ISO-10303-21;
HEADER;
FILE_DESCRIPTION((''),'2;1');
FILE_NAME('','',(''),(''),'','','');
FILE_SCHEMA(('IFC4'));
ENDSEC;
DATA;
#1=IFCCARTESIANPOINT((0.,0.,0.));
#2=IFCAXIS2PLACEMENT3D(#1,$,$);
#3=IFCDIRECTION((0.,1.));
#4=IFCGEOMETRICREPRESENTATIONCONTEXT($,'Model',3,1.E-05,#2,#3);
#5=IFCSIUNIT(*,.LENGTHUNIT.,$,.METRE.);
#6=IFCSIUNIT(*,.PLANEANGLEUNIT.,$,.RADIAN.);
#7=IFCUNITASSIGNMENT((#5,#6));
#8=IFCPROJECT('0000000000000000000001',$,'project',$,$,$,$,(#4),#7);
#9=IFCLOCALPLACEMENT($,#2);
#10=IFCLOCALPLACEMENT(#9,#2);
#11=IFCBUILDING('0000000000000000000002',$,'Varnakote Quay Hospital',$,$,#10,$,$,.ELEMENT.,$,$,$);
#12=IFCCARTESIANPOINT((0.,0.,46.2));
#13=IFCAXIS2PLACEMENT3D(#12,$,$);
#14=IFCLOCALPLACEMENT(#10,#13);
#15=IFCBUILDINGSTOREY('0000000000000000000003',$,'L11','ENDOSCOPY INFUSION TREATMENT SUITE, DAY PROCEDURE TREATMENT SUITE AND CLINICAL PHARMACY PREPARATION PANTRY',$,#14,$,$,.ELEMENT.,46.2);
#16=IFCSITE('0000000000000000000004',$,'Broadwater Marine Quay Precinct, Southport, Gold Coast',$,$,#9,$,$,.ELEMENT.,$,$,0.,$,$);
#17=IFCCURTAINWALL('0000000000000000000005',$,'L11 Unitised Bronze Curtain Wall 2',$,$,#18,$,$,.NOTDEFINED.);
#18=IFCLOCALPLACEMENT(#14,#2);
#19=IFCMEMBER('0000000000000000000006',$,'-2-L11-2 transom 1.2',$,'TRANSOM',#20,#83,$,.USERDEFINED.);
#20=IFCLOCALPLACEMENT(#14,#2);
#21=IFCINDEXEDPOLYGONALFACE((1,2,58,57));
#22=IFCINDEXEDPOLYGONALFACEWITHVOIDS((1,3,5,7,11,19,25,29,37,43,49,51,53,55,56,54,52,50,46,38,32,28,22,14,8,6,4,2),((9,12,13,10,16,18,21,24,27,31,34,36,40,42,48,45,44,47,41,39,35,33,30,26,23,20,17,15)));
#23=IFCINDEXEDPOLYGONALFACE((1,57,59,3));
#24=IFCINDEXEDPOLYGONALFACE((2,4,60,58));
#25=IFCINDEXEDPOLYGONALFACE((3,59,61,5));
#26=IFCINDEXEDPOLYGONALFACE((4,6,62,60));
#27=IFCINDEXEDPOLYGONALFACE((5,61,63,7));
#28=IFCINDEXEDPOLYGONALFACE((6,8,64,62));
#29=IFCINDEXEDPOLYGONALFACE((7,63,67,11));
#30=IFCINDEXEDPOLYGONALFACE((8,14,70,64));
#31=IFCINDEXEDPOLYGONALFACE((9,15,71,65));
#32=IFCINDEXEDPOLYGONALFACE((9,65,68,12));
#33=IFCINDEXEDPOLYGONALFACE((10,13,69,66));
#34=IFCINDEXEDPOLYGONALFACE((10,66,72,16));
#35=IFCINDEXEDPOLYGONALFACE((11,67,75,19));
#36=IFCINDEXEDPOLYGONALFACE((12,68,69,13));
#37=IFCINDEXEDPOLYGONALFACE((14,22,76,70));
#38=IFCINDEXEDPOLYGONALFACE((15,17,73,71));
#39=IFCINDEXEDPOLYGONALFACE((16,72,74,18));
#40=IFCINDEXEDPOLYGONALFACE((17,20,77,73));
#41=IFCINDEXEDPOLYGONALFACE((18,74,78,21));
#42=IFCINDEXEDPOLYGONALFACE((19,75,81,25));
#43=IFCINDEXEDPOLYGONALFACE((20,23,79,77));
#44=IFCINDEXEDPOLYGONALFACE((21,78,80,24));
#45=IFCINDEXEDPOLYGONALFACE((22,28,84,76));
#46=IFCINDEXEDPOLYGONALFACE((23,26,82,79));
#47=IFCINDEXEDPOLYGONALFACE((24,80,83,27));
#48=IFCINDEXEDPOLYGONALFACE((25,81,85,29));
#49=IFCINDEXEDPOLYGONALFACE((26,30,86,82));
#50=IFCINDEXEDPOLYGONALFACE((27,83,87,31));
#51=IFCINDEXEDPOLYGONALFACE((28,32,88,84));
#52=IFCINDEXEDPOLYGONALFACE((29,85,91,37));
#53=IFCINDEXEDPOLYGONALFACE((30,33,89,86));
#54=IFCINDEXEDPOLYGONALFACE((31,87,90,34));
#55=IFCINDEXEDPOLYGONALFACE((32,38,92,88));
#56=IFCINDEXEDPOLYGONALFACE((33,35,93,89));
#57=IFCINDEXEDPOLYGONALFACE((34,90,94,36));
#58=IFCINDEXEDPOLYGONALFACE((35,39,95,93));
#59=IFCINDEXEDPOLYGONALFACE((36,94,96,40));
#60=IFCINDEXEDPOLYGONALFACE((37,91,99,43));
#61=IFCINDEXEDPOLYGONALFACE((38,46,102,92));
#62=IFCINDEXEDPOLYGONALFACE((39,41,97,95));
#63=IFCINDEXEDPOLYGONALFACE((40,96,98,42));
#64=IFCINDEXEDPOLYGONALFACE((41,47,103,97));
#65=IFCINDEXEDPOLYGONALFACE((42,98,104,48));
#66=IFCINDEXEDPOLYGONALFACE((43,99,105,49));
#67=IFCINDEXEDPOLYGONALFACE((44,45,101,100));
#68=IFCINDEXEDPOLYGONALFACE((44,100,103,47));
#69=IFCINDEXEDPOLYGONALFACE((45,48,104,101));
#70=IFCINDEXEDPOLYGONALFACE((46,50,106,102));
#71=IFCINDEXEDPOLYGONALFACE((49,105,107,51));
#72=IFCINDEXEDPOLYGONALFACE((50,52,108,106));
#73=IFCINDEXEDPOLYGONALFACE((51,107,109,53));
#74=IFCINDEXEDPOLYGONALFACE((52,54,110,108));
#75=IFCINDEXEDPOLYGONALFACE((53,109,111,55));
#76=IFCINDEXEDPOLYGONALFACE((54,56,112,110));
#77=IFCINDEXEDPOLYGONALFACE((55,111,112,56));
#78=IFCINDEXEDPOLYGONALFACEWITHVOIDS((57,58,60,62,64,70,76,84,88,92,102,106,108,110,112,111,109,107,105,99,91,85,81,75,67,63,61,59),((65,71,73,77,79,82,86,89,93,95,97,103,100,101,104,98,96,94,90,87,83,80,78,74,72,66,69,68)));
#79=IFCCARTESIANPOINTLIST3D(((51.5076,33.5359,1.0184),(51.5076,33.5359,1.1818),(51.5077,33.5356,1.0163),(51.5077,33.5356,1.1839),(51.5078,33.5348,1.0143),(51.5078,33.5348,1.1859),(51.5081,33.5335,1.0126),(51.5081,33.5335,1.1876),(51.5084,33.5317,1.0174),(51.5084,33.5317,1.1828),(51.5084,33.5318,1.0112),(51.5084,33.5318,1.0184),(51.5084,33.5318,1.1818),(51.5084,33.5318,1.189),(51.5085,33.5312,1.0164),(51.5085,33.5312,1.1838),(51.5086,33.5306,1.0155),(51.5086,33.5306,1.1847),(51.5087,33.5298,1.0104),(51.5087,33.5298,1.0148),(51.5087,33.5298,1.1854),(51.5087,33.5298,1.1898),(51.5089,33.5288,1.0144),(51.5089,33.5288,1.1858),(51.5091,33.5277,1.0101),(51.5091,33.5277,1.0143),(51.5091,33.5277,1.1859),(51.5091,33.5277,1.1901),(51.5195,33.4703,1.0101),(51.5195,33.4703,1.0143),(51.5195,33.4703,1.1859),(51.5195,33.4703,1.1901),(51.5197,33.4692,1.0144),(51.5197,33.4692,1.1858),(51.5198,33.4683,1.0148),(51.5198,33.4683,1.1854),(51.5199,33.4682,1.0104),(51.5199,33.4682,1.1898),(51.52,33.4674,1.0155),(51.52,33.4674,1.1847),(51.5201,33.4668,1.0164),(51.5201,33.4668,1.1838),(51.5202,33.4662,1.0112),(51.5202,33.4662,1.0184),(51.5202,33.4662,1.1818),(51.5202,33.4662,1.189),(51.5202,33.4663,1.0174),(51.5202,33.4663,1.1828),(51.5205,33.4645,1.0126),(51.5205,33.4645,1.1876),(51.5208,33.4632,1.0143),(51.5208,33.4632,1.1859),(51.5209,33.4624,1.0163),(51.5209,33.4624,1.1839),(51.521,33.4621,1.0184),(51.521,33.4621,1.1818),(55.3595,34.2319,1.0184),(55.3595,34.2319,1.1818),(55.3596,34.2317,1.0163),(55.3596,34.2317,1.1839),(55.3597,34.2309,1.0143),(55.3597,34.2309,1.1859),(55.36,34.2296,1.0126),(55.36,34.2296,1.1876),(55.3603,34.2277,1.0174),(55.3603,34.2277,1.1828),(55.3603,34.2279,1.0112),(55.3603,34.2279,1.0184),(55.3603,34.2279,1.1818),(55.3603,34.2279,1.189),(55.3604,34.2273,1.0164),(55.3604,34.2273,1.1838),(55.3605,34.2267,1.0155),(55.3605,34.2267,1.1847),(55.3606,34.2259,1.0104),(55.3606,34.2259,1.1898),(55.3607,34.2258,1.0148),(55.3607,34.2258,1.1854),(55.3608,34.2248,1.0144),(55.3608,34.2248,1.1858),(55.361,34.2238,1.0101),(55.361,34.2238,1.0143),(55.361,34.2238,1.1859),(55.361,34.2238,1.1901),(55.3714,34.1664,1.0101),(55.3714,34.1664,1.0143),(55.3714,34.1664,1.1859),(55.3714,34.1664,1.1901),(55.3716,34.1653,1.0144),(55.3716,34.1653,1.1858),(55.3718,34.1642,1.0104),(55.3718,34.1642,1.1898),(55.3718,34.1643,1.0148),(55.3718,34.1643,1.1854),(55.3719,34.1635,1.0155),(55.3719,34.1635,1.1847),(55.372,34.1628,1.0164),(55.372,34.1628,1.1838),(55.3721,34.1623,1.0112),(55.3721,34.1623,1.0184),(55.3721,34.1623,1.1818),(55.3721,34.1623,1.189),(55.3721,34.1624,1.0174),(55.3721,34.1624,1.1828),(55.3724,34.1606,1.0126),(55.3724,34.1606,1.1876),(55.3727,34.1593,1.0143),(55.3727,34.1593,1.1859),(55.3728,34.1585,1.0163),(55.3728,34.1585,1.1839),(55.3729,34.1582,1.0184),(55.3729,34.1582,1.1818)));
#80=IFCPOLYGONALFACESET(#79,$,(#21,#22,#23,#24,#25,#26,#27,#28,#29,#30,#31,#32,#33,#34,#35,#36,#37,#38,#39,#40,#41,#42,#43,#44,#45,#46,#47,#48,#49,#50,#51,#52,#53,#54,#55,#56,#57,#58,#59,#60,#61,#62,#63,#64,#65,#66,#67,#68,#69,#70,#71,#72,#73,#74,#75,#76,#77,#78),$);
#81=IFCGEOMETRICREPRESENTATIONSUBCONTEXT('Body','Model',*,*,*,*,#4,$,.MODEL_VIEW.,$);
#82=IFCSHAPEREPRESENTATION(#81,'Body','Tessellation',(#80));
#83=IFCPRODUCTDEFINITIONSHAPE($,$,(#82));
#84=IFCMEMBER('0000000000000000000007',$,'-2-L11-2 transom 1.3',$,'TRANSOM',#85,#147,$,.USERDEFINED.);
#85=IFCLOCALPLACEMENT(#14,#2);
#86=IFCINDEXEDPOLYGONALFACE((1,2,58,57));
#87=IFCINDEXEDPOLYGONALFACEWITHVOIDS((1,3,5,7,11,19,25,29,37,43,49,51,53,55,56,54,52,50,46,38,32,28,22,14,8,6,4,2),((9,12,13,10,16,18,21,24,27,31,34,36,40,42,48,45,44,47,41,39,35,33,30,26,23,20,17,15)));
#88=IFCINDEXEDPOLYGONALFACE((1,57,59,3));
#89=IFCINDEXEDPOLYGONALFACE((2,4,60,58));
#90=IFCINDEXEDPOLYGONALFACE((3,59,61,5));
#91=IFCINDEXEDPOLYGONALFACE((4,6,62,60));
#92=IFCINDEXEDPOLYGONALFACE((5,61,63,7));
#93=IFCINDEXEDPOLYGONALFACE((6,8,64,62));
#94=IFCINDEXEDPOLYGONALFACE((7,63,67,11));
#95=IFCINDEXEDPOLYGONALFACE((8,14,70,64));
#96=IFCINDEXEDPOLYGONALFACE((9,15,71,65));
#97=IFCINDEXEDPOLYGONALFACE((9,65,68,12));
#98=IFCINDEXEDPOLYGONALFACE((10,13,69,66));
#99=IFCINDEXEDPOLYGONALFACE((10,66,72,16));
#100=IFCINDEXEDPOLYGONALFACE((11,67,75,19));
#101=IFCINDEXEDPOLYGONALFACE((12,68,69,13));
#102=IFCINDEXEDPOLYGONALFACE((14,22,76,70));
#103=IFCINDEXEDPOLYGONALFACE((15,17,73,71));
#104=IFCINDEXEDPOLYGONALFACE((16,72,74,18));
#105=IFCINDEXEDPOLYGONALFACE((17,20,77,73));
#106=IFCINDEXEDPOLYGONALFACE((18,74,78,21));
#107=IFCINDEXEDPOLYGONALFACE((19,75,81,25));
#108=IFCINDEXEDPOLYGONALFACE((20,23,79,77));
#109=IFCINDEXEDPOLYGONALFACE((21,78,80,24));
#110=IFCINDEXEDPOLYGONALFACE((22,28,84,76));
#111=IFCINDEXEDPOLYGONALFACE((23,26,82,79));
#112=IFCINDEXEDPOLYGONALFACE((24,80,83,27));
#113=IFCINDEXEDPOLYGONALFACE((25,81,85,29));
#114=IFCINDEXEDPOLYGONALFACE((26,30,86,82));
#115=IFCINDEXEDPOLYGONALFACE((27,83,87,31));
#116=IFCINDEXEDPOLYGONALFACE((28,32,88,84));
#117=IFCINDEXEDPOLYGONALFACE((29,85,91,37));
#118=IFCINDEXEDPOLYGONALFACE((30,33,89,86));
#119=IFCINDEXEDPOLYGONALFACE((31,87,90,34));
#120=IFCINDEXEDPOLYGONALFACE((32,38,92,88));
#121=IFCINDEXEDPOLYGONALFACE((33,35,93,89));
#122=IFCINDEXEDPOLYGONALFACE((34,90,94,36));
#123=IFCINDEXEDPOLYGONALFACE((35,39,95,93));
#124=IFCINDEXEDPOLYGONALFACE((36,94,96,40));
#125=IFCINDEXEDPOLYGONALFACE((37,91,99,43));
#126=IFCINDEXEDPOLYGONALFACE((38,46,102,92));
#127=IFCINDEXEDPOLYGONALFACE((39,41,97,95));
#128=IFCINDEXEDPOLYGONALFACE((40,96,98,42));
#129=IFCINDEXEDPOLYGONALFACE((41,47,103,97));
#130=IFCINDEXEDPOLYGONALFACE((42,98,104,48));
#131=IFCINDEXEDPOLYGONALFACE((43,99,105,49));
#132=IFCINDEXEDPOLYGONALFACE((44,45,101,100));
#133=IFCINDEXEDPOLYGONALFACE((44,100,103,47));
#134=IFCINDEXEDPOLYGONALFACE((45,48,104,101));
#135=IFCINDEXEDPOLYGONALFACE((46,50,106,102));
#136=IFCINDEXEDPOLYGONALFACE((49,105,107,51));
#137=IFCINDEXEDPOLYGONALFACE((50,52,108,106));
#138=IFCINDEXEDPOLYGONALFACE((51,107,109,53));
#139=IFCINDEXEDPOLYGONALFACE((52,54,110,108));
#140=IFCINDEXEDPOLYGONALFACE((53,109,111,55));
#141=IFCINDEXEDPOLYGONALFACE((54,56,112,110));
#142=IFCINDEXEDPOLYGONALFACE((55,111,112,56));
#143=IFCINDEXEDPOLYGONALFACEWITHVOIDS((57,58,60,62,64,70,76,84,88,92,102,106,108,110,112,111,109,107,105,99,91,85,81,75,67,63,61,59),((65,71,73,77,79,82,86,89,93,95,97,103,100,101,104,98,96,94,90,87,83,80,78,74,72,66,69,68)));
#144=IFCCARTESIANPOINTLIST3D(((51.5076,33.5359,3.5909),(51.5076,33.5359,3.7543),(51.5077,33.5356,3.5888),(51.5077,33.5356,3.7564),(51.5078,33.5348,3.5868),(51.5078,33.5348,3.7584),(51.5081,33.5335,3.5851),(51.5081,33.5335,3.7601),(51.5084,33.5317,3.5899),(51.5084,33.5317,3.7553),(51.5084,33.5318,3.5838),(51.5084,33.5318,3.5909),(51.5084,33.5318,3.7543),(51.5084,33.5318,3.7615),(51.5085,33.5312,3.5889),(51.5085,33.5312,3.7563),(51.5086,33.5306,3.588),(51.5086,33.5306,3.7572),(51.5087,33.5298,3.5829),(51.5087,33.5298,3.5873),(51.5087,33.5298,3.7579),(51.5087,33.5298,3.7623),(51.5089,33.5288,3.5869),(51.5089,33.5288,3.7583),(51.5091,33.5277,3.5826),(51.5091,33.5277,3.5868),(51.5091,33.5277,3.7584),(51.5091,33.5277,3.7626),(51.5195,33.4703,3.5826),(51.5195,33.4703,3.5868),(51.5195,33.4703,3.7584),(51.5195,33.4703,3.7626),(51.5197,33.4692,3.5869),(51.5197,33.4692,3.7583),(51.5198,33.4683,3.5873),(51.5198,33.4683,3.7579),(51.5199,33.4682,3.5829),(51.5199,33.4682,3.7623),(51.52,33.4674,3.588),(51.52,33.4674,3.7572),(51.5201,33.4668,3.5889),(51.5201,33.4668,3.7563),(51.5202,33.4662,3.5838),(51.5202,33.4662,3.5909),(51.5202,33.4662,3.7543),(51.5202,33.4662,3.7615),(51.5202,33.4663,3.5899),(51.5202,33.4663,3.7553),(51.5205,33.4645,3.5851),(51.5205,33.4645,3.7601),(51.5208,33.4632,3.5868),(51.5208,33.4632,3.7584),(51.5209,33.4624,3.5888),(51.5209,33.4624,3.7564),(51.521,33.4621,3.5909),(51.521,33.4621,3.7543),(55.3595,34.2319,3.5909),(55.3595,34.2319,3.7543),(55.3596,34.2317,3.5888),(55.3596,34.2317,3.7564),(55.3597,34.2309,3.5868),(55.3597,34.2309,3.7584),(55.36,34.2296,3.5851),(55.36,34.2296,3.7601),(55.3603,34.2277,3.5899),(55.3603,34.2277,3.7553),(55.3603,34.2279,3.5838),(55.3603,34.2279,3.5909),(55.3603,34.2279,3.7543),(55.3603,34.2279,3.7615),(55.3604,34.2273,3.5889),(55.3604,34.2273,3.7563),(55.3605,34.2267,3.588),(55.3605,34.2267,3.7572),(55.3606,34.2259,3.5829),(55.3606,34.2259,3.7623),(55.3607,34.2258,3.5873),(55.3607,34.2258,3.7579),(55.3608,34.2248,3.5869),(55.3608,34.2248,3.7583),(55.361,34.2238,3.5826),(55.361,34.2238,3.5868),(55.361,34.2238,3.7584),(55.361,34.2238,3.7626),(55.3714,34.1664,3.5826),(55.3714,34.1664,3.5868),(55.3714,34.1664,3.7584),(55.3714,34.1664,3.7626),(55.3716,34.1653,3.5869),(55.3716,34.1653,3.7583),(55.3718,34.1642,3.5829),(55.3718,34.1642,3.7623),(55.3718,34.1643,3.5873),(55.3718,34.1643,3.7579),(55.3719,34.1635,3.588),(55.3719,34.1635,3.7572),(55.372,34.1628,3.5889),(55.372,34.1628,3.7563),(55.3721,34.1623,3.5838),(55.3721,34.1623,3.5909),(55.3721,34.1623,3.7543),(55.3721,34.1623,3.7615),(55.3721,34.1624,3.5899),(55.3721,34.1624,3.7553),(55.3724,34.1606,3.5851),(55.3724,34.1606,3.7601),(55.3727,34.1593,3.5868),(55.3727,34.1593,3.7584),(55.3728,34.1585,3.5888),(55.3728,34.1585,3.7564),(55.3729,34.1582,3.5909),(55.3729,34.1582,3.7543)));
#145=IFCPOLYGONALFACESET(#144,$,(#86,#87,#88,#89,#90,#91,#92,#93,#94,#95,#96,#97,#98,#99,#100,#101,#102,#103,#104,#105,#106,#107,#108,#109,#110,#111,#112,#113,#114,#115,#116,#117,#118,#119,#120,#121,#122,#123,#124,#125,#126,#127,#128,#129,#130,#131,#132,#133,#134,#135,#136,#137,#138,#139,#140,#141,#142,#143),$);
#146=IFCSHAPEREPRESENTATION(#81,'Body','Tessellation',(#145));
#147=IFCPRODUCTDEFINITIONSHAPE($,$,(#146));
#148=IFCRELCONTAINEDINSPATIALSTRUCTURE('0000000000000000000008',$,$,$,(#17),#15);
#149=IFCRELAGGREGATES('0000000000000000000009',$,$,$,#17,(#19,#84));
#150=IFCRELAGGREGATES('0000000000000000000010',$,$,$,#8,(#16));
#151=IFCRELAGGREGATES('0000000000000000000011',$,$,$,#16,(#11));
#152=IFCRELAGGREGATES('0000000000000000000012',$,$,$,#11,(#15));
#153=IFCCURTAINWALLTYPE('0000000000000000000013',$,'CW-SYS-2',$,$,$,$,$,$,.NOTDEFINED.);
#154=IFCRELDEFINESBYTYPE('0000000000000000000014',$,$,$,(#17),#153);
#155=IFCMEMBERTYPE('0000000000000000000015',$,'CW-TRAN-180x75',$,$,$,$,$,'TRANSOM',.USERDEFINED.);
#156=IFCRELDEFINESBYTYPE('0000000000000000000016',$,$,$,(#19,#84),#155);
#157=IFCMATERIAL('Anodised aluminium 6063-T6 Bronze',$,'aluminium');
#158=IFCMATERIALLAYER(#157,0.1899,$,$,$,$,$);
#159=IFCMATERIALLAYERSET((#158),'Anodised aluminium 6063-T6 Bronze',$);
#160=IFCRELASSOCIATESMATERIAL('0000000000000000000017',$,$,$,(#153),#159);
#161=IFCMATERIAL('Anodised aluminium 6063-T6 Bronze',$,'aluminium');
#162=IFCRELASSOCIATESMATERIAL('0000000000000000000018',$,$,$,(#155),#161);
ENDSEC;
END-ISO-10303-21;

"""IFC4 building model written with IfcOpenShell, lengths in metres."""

from ifc_helpers import new_model, si_unit, direction, frame, origin, origin_2d, place, context, subcontext, project, spatial, hollow_rectangle, extrude, material, layer, layer_set, material_profile, profile_set, type_object, element, aggregate, save


model = new_model("IFC4")

# Units and contexts
model_context = context("Model", 3, precision=1e-05, world=origin(), true_north=direction((0.0, 1.0)))
body_context = subcontext(model_context, "Body", "Model", "MODEL_VIEW")
ifc_project = project(units=[si_unit("LENGTHUNIT", "METRE"), si_unit("PLANEANGLEUNIT", "RADIAN")], contexts=[model_context])

# Site, building, storey
site_placement = place(None, origin())
site = spatial("IfcSite", under=ifc_project, at=site_placement, Name="Broadwater Marine Quay Precinct, Southport, Gold Coast", CompositionType="ELEMENT", RefElevation=0.0)
building_placement = place(site_placement, origin())
building = spatial("IfcBuilding", under=site, at=building_placement, Name="Varnakote Quay Hospital", CompositionType="ELEMENT")
storey_placement = place(building_placement, frame((0.0, 0.0, 46.2)))
storey = spatial("IfcBuildingStorey", under=building, at=storey_placement, Name="L11", Description="ENDOSCOPY INFUSION TREATMENT SUITE, DAY PROCEDURE TREATMENT SUITE AND CLINICAL PHARMACY PREPARATION PANTRY", CompositionType="ELEMENT", Elevation=46.2)

# Shared definitions
ifc_material_1 = material(Name="Anodised aluminium 6063-T6 Bronze", Category="aluminium")
ifc_layer_1 = layer(ifc_material_1, 0.1899)
ifc_layer_set_1 = layer_set([ifc_layer_1], Name="Anodised aluminium 6063-T6 Bronze")
curtain_wall_type = type_object("IfcCurtainWallType", Name="CW-SYS-2", PredefinedType="NOTDEFINED", material=ifc_layer_set_1)

# Curtain wall, members
curtain_wall_1_placement = place(storey_placement, origin())
curtain_wall_1 = element("IfcCurtainWall", 1, at=curtain_wall_1_placement, inside=storey, type_object=curtain_wall_type, Name="L11 Unitised Bronze Curtain Wall 2", PredefinedType="NOTDEFINED")
ifc_material_2 = material(Name="Anodised aluminium 6063-T6 Bronze", Category="aluminium")
ifc_material_profile_1 = material_profile(ifc_material_2, hollow_rectangle(XDim=0.075, YDim=0.1799, WallThickness=0.0042, InnerFilletRadius=0.0042, OuterFilletRadius=0.0083, at=origin_2d()), Name="CW-TRAN-180x75")
ifc_profile_set_1 = profile_set([ifc_material_profile_1], Name="Anodised aluminium 6063-T6 Bronze")
member_type_1 = type_object("IfcMemberType", Name="CW-TRAN-180x75", ElementType="TRANSOM", PredefinedType="USERDEFINED", material=ifc_profile_set_1)
member_1_placement = place(storey_placement, frame((55.3662, 34.1951, 1.1001), z_axis=(-0.984062, -0.177826, 0.0), x_axis=(0.177826, -0.984062, 0.0)))
member_1 = element("IfcMember", 2, at=member_1_placement, type_object=member_type_1, Name="-2-L11-2 transom 1.2", ObjectType="TRANSOM", PredefinedType="USERDEFINED", context=body_context, shape_type="SweptSolid", body=[
    extrude(hollow_rectangle(XDim=0.075, YDim=0.1799, WallThickness=0.0042, InnerFilletRadius=0.0042, OuterFilletRadius=0.0083, at=origin_2d()), origin(), (0.0, 0.0, 1.0), 3.9143),
])
member_2_placement = place(storey_placement, frame((55.3662, 34.1951, 3.6726), z_axis=(-0.984062, -0.177826, 0.0), x_axis=(0.177826, -0.984062, 0.0)))
member_2 = element("IfcMember", 3, at=member_2_placement, type_object=member_type_1, Name="-2-L11-2 transom 1.3", ObjectType="TRANSOM", PredefinedType="USERDEFINED", context=body_context, shape_type="SweptSolid", body=[
    extrude(hollow_rectangle(XDim=0.075, YDim=0.1799, WallThickness=0.0042, InnerFilletRadius=0.0042, OuterFilletRadius=0.0083, at=origin_2d()), origin(), (0.0, 0.0, 1.0), 3.9143),
])

aggregate(curtain_wall_1, [member_1, member_2])

save(model, "model.ifc")
